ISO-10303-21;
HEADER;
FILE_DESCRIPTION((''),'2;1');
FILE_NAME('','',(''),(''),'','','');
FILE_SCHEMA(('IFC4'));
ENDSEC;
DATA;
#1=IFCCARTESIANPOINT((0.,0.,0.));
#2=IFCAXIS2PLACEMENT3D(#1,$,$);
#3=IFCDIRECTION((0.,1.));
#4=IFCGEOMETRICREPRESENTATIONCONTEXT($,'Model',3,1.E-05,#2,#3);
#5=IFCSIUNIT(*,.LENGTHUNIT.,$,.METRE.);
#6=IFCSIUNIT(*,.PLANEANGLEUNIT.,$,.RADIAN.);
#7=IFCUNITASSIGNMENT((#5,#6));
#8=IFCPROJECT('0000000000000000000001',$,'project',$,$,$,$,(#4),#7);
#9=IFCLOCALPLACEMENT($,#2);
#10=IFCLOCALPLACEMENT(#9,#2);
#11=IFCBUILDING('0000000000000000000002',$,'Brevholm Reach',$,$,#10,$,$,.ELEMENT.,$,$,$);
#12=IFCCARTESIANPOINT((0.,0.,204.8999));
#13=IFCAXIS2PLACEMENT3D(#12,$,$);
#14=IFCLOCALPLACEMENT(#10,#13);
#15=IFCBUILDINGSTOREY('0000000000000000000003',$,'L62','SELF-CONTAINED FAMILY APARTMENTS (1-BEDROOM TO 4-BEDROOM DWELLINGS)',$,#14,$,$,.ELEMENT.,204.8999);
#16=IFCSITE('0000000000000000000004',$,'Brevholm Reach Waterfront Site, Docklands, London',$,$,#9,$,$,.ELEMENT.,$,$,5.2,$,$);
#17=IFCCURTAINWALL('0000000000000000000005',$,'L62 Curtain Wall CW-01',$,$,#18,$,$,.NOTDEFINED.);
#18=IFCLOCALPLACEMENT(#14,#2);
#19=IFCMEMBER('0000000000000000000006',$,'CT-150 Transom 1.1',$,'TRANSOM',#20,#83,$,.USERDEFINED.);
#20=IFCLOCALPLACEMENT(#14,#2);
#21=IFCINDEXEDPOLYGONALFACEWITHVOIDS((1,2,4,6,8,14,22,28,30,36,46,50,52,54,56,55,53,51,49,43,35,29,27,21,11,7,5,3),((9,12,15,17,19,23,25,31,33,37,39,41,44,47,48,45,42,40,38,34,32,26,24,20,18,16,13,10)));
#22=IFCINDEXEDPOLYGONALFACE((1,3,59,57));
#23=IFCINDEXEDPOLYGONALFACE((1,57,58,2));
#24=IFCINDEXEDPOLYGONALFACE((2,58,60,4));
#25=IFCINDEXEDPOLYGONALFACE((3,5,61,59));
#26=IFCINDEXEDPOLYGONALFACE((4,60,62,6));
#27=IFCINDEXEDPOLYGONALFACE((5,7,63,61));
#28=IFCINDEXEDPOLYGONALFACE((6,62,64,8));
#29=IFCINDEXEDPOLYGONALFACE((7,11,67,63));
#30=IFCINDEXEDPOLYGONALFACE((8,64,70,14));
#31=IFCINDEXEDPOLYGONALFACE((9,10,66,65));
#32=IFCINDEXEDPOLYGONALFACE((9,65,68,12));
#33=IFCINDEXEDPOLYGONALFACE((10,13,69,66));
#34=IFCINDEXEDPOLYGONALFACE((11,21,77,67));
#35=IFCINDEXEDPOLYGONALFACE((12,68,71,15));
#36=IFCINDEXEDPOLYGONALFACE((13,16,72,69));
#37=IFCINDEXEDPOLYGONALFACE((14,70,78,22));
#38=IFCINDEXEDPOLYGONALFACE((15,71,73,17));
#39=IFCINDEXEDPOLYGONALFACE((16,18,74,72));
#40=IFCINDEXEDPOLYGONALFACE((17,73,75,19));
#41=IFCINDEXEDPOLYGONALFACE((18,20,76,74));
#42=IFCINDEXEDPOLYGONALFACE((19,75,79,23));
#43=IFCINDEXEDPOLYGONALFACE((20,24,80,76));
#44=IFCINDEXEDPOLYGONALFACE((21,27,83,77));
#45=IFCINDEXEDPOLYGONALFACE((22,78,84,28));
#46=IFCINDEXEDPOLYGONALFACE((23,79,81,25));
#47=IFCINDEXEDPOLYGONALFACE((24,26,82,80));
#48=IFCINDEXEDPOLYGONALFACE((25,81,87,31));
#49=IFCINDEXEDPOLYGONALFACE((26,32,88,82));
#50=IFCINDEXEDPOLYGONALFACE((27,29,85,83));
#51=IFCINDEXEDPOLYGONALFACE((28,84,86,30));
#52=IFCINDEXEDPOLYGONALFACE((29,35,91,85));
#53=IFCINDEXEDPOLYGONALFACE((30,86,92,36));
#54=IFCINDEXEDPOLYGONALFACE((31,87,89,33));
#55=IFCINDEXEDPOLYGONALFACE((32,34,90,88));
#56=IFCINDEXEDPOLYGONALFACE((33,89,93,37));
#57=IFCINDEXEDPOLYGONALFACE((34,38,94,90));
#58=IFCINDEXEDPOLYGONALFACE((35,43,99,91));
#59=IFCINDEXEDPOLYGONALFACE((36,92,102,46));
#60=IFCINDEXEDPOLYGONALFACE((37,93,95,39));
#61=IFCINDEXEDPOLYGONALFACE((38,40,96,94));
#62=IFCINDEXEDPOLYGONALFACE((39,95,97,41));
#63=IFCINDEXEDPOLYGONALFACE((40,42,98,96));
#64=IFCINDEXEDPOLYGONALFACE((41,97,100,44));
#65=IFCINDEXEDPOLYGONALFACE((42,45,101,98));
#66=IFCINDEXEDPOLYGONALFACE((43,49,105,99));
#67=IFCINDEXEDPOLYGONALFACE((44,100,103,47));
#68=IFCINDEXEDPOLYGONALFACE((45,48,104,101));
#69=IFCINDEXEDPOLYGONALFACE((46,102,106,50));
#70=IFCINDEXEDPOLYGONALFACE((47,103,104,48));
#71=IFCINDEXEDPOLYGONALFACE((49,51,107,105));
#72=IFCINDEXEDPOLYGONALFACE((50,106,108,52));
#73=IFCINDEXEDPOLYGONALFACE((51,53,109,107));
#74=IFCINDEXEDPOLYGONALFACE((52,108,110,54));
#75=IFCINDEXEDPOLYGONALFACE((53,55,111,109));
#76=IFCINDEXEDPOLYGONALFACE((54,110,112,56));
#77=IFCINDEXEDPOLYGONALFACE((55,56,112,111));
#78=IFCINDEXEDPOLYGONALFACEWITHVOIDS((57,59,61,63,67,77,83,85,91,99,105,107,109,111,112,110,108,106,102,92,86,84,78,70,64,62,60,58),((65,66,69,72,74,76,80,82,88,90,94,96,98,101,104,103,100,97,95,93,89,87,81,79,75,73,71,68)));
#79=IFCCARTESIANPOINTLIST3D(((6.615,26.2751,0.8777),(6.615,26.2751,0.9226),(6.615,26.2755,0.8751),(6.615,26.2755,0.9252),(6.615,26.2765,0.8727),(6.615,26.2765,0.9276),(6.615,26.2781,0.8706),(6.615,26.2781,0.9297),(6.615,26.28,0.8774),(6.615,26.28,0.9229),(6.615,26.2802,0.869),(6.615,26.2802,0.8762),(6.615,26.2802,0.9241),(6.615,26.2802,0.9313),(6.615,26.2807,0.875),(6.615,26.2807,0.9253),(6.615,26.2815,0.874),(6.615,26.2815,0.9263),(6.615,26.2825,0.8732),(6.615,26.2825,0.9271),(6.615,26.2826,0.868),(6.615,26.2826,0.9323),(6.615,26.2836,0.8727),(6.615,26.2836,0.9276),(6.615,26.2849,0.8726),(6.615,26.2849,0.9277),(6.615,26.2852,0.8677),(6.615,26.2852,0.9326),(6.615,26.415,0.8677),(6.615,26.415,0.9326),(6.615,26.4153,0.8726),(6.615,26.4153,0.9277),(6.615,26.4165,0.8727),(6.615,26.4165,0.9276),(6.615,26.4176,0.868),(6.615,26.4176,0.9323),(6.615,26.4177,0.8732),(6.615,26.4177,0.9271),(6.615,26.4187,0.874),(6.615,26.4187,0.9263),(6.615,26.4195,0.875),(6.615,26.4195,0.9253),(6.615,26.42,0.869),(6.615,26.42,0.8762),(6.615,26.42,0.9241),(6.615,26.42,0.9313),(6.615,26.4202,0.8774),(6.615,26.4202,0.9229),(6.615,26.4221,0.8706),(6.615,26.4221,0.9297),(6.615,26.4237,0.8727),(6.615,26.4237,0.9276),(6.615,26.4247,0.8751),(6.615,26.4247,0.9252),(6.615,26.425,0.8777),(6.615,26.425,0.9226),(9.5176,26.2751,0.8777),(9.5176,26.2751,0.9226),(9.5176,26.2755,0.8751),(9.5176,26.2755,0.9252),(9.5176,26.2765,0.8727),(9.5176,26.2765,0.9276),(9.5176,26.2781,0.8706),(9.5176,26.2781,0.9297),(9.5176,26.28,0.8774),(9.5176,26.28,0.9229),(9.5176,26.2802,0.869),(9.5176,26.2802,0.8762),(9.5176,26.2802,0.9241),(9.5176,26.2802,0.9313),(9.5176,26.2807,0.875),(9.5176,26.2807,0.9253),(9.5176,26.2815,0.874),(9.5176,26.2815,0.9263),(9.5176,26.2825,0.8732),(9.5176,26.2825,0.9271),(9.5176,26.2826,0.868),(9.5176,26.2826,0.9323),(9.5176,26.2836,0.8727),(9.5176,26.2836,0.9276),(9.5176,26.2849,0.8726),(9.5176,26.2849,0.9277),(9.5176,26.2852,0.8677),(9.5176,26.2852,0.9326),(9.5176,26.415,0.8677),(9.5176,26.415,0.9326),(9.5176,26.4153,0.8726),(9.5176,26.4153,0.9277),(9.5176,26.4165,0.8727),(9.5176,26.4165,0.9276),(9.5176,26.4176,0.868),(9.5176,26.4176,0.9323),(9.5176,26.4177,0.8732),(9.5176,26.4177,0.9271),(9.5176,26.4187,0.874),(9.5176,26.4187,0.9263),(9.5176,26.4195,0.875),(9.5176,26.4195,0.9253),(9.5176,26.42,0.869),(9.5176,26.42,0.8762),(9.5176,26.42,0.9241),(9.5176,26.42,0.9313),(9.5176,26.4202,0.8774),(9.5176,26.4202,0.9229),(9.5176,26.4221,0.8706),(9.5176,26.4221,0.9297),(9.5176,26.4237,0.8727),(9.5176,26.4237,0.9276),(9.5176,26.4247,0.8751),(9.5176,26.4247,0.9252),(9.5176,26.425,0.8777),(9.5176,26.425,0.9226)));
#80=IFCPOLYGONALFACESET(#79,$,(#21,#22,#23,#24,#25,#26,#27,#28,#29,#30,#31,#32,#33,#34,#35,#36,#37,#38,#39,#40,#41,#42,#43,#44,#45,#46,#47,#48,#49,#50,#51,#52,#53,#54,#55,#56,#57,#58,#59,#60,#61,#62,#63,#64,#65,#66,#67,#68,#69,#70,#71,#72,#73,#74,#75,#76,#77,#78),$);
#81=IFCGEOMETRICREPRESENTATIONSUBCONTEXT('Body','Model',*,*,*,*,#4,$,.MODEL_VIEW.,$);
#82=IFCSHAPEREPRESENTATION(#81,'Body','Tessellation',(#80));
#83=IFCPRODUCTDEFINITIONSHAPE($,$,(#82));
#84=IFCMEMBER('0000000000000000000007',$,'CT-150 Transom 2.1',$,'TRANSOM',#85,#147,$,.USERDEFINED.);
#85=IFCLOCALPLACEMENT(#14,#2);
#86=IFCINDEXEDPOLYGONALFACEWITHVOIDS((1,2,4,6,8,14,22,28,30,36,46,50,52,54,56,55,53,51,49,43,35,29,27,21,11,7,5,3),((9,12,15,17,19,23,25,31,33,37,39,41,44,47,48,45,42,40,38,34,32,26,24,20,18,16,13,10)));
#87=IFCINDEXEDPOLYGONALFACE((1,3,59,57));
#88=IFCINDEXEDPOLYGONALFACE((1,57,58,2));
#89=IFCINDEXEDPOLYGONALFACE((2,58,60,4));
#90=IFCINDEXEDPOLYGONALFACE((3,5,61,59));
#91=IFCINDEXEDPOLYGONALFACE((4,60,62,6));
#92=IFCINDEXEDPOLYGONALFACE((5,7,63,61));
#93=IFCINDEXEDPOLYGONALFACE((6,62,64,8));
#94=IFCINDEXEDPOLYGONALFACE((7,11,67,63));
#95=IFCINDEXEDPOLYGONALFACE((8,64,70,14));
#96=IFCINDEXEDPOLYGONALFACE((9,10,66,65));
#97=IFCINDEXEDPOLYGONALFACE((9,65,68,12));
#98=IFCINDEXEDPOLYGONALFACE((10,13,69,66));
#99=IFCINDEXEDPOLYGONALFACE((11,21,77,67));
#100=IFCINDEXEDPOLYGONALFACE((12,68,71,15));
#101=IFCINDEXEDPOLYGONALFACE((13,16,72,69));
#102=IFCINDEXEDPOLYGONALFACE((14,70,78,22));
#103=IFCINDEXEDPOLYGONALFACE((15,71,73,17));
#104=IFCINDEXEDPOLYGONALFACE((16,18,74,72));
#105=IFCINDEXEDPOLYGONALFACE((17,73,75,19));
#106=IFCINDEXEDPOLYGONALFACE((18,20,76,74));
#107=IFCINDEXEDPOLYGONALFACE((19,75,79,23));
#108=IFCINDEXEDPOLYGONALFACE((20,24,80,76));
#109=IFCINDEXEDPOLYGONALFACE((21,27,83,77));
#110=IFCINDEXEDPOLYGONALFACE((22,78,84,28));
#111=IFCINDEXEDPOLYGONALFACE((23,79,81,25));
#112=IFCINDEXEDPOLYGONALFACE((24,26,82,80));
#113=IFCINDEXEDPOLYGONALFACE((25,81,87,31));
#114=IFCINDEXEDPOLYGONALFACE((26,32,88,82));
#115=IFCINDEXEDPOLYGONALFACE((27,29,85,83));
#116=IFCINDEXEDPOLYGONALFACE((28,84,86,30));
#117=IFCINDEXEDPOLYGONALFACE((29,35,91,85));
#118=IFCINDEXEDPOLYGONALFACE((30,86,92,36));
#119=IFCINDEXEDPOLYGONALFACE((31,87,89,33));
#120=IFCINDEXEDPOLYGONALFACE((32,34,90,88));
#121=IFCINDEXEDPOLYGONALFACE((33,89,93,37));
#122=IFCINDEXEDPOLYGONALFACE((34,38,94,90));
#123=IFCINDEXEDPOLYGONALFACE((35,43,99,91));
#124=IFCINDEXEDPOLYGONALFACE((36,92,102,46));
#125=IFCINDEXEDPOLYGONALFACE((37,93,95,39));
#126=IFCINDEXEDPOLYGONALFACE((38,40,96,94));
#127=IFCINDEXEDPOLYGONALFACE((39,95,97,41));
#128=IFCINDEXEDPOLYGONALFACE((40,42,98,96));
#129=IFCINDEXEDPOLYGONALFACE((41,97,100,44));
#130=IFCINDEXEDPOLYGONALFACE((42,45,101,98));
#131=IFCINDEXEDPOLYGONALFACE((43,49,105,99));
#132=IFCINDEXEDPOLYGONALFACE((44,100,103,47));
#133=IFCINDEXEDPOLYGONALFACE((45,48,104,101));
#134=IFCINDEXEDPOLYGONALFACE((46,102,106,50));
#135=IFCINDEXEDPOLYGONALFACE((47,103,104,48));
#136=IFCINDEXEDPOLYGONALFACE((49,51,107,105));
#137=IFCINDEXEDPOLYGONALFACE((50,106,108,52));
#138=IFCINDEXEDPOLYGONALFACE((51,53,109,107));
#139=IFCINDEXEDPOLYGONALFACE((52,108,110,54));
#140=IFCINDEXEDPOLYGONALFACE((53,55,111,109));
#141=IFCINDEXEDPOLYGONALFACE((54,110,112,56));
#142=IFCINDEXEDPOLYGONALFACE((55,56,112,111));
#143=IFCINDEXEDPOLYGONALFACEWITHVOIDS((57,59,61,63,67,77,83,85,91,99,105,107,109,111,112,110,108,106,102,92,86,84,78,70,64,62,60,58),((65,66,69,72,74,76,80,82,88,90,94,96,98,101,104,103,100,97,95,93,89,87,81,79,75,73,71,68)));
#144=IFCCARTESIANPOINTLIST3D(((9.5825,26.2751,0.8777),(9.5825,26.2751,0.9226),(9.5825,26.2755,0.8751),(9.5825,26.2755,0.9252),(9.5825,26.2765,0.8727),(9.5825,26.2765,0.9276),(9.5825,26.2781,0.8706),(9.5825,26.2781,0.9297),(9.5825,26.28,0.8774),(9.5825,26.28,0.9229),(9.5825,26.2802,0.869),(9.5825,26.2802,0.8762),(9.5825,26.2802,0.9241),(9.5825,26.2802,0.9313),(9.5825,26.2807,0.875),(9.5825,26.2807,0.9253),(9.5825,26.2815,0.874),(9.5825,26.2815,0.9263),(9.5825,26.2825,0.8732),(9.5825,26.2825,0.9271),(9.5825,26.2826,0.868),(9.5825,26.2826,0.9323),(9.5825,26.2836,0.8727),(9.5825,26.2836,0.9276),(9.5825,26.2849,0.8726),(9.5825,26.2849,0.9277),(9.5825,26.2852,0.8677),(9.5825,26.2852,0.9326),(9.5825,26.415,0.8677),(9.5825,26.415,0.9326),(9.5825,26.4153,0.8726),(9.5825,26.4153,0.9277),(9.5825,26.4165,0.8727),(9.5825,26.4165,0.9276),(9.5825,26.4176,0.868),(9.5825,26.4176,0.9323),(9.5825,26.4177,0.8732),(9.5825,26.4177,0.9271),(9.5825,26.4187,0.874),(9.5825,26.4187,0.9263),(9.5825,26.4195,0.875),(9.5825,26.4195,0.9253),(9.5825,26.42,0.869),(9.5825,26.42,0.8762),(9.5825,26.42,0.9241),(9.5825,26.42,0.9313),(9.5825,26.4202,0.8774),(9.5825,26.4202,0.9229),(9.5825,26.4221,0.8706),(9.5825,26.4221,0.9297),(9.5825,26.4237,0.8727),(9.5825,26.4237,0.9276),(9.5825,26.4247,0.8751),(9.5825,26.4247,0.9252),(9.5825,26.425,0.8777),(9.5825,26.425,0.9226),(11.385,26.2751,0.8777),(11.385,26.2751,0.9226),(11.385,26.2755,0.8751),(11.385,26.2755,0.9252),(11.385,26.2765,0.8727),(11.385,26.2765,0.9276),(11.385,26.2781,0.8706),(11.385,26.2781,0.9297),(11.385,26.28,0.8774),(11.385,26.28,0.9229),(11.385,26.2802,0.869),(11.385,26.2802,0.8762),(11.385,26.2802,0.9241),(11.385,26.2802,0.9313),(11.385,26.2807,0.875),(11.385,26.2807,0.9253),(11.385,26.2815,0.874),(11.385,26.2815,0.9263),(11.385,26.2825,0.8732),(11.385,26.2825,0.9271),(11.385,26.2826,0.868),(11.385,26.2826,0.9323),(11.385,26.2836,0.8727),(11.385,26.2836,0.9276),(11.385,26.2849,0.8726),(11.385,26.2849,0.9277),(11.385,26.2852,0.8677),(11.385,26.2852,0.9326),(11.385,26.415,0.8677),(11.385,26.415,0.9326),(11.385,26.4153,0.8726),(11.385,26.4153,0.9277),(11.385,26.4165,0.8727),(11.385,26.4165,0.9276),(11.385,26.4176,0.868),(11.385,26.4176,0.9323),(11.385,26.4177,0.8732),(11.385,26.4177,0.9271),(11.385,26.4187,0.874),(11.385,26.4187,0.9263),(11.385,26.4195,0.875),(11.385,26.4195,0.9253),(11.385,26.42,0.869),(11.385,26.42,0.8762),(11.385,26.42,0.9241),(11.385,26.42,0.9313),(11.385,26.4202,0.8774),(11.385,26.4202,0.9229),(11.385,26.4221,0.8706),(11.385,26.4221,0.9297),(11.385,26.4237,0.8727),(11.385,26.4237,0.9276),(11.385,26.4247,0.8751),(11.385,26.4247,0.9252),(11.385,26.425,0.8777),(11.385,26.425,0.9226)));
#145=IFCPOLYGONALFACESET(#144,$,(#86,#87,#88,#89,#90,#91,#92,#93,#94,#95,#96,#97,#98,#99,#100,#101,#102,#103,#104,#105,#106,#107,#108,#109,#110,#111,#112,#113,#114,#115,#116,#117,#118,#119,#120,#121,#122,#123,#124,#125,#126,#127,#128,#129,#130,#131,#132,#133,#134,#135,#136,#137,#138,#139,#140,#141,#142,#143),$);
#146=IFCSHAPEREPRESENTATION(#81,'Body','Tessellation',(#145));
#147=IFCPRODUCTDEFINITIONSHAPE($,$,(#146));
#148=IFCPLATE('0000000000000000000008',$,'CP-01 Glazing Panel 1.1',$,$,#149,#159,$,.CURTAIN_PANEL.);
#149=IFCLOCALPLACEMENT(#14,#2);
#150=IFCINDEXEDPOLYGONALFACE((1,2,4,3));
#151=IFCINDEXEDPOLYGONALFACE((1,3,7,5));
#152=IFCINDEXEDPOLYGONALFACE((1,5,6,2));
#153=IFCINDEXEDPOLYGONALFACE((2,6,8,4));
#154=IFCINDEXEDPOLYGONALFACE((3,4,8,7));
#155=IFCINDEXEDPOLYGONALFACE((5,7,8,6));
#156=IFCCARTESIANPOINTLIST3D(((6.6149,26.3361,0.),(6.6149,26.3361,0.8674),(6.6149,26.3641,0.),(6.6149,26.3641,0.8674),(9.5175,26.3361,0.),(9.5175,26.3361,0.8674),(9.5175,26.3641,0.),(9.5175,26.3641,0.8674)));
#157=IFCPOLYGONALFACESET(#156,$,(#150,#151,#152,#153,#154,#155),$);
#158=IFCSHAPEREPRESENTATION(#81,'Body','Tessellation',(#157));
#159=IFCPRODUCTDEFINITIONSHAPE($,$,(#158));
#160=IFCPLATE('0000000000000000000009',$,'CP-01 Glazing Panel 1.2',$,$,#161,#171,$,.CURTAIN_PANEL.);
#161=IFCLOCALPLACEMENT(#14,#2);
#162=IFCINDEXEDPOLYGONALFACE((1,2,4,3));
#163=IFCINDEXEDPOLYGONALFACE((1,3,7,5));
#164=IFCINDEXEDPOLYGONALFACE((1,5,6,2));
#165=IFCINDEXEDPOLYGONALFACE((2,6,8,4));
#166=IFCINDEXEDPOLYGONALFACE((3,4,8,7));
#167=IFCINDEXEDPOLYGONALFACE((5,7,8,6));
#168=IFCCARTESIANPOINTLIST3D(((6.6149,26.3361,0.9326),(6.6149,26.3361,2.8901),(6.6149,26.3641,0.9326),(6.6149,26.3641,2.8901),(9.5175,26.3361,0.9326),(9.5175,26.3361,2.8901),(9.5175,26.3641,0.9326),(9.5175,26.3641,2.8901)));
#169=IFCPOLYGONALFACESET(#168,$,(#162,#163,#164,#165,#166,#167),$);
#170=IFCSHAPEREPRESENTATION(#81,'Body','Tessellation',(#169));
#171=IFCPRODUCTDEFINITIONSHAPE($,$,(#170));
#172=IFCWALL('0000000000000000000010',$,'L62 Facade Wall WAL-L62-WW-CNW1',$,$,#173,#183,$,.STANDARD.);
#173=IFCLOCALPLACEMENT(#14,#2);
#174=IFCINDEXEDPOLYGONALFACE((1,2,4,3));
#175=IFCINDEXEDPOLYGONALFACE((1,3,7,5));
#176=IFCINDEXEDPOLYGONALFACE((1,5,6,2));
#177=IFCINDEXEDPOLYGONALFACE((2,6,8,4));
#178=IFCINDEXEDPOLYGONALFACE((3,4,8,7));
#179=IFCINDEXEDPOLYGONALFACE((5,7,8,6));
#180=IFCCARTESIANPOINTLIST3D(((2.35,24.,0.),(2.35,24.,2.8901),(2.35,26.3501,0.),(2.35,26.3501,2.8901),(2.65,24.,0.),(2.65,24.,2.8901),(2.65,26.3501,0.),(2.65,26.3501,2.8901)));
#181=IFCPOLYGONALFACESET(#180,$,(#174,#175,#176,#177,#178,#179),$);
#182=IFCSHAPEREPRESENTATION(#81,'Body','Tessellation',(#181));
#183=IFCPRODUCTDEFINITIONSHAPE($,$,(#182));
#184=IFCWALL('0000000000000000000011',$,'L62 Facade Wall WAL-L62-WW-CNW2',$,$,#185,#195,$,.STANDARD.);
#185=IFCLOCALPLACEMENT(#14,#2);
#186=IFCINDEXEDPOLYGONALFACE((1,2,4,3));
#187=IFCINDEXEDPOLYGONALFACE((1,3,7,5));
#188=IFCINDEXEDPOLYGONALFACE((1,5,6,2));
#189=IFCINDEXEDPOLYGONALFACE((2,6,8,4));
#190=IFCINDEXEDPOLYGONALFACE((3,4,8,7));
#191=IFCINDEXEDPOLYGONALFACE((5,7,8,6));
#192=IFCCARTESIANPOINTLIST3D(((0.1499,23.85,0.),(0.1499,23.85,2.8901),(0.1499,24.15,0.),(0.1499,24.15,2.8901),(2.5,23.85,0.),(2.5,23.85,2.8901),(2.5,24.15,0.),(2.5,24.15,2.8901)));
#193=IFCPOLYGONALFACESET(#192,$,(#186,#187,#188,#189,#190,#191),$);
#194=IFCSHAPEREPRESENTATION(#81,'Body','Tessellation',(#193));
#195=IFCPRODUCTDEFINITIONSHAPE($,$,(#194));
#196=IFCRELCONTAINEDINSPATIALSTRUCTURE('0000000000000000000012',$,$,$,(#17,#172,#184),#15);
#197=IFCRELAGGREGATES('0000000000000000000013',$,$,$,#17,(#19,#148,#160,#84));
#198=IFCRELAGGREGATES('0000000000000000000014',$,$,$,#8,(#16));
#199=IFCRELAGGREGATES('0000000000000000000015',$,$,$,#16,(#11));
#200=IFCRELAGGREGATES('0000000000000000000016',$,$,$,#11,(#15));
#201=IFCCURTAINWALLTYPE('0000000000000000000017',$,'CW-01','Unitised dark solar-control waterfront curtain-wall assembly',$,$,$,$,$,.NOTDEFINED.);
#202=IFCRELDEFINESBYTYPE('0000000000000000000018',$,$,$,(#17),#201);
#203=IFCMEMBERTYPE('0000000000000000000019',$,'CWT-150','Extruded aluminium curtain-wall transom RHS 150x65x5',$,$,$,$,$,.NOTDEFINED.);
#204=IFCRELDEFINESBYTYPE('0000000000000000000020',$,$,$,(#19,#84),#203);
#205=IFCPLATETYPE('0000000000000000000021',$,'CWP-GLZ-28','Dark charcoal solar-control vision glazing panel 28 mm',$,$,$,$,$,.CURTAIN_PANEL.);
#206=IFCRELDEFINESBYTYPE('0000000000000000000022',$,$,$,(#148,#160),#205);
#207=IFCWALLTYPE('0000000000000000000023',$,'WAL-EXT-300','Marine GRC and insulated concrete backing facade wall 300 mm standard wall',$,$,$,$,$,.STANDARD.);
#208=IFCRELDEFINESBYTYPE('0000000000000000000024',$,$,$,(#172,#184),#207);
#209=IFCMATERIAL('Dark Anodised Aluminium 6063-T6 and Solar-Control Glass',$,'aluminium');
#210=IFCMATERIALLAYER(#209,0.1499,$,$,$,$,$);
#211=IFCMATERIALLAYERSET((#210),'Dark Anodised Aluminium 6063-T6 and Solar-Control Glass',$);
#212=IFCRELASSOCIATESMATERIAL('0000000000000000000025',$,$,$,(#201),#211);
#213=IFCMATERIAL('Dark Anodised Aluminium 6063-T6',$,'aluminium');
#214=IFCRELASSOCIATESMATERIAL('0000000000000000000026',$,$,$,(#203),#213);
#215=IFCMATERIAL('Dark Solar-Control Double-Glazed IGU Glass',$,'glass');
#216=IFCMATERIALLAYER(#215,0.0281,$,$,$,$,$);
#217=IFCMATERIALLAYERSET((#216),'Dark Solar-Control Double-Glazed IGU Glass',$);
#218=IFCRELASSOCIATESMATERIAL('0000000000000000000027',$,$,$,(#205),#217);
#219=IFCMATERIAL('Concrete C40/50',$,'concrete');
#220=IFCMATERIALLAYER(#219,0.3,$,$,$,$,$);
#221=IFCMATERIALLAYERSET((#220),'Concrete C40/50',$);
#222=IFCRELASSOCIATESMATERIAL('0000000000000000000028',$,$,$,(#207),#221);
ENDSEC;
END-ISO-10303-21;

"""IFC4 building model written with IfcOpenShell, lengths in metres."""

from ifc_helpers import new_model, si_unit, direction, frame, frame_2d, origin, origin_2d, place, context, subcontext, project, spatial, rectangle, hollow_rectangle, extrude, material, layer, layer_set, material_profile, profile_set, type_object, element, aggregate, save


model = new_model("IFC4")

# Units and contexts
model_context = context("Model", 3, precision=1e-05, world=origin(), true_north=direction((0.0, 1.0)))
body_context = subcontext(model_context, "Body", "Model", "MODEL_VIEW")
ifc_project = project(units=[si_unit("LENGTHUNIT", "METRE"), si_unit("PLANEANGLEUNIT", "RADIAN")], contexts=[model_context])

# Site, building, storey
site_placement = place(None, origin())
site = spatial("IfcSite", under=ifc_project, at=site_placement, Name="Brevholm Reach Waterfront Site, Docklands, London", CompositionType="ELEMENT", RefElevation=5.2)
building_placement = place(site_placement, origin())
building = spatial("IfcBuilding", under=site, at=building_placement, Name="Brevholm Reach", CompositionType="ELEMENT")
storey_placement = place(building_placement, frame((0.0, 0.0, 204.8999)))
storey = spatial("IfcBuildingStorey", under=building, at=storey_placement, Name="L62", Description="SELF-CONTAINED FAMILY APARTMENTS (1-BEDROOM TO 4-BEDROOM DWELLINGS)", CompositionType="ELEMENT", Elevation=204.8999)

# Shared definitions
ifc_material_1 = material(Name="Dark Anodised Aluminium 6063-T6 and Solar-Control Glass", Category="aluminium")
ifc_layer_1 = layer(ifc_material_1, 0.1499)
ifc_layer_set_1 = layer_set([ifc_layer_1], Name="Dark Anodised Aluminium 6063-T6 and Solar-Control Glass")
curtain_wall_type = type_object("IfcCurtainWallType", Name="CW-01", Description="Unitised dark solar-control waterfront curtain-wall assembly", PredefinedType="NOTDEFINED", material=ifc_layer_set_1)

# Curtain wall
curtain_wall_1_placement = place(storey_placement, origin())
curtain_wall_1 = element("IfcCurtainWall", 1, at=curtain_wall_1_placement, inside=storey, type_object=curtain_wall_type, Name="L62 Curtain Wall CW-01", PredefinedType="NOTDEFINED")

# Members
ifc_material_2 = material(Name="Dark Anodised Aluminium 6063-T6", Category="aluminium")
ifc_material_profile_1 = material_profile(ifc_material_2, hollow_rectangle(XDim=0.0649, YDim=0.1499, WallThickness=0.0049, InnerFilletRadius=0.0049, OuterFilletRadius=0.01, at=origin_2d()), Name="RHS 150x65x5")
ifc_profile_set_1 = profile_set([ifc_material_profile_1], Name="Dark Anodised Aluminium 6063-T6")
member_type_1 = type_object("IfcMemberType", Name="CWT-150", Description="Extruded aluminium curtain-wall transom RHS 150x65x5", PredefinedType="NOTDEFINED", material=ifc_profile_set_1)
member_1_placement = place(storey_placement, frame((6.615, 26.3501, 0.9001), z_axis=(1.0, 0.0, 0.0), x_axis=(0.0, 0.0, 1.0)))
member_1 = element("IfcMember", 2, at=member_1_placement, type_object=member_type_1, Name="CT-150 Transom 1.1", ObjectType="TRANSOM", PredefinedType="USERDEFINED", context=body_context, shape_type="SweptSolid", body=[
    extrude(hollow_rectangle(XDim=0.0649, YDim=0.1499, WallThickness=0.0049, InnerFilletRadius=0.0049, OuterFilletRadius=0.01, at=origin_2d()), origin(), (0.0, 0.0, 1.0), 2.9026),
])
member_2_placement = place(storey_placement, frame((9.5825, 26.3501, 0.9001), z_axis=(1.0, 0.0, 0.0), x_axis=(0.0, 0.0, 1.0)))
member_2 = element("IfcMember", 3, at=member_2_placement, type_object=member_type_1, Name="CT-150 Transom 2.1", ObjectType="TRANSOM", PredefinedType="USERDEFINED", context=body_context, shape_type="SweptSolid", body=[
    extrude(hollow_rectangle(XDim=0.0649, YDim=0.1499, WallThickness=0.0049, InnerFilletRadius=0.0049, OuterFilletRadius=0.01, at=origin_2d()), origin(), (0.0, 0.0, 1.0), 1.8025),
])

# Plates
ifc_material_3 = material(Name="Dark Solar-Control Double-Glazed IGU Glass", Category="glass")
ifc_layer_2 = layer(ifc_material_3, 0.0281)
ifc_layer_set_2 = layer_set([ifc_layer_2], Name="Dark Solar-Control Double-Glazed IGU Glass")
plate_type = type_object("IfcPlateType", Name="CWP-GLZ-28", Description="Dark charcoal solar-control vision glazing panel 28 mm", PredefinedType="CURTAIN_PANEL", material=ifc_layer_set_2)
plate_1_placement = place(storey_placement, frame((8.0662, 26.3501, 0.0), z_axis=(0.0, 0.0, 1.0), x_axis=(1.0, 0.0, 0.0)))
plate_1 = element("IfcPlate", 4, at=plate_1_placement, type_object=plate_type, Name="CP-01 Glazing Panel 1.1", PredefinedType="CURTAIN_PANEL", context=body_context, shape_type="SweptSolid", body=[
    extrude(rectangle(XDim=2.9026, YDim=0.0281, at=origin_2d()), origin(), (0.0, 0.0, 1.0), 0.8674),
])
plate_2_placement = place(storey_placement, frame((8.0662, 26.3501, 0.9326), z_axis=(0.0, 0.0, 1.0), x_axis=(1.0, 0.0, 0.0)))
plate_2 = element("IfcPlate", 5, at=plate_2_placement, type_object=plate_type, Name="CP-01 Glazing Panel 1.2", PredefinedType="CURTAIN_PANEL", context=body_context, shape_type="SweptSolid", body=[
    extrude(rectangle(XDim=2.9026, YDim=0.0281, at=origin_2d()), origin(), (0.0, 0.0, 1.0), 1.9575),
])
aggregate(curtain_wall_1, [member_1, plate_1, plate_2, member_2])

# Walls
ifc_material_4 = material(Name="Concrete C40/50", Category="concrete")
ifc_layer_3 = layer(ifc_material_4, 0.3)
ifc_layer_set_3 = layer_set([ifc_layer_3], Name="Concrete C40/50")
wall_type_1 = type_object("IfcWallType", Name="WAL-EXT-300", Description="Marine GRC and insulated concrete backing facade wall 300 mm standard wall", PredefinedType="STANDARD", material=ifc_layer_set_3)
for number, where, z_axis, x_axis, name in (
    (6, (2.5, 26.3501, 0.0), (0.0, 0.0, 1.0), (0.0, -1.0, 0.0), "L62 Facade Wall WAL-L62-WW-CNW1"),
    (7, (2.5, 24.0, 0.0), (0.0, 0.0, 1.0), (-1.0, 0.0, 0.0), "L62 Facade Wall WAL-L62-WW-CNW2"),
):
    element("IfcWall", number, at=place(storey_placement, frame(where, z_axis=z_axis, x_axis=x_axis)), inside=storey, type_object=wall_type_1, Name=name, PredefinedType="STANDARD", context=body_context, shape_type="SweptSolid", body=[
        extrude(rectangle(XDim=2.3501, YDim=0.3, at=frame_2d((1.175, 0.0))), origin(), (0.0, 0.0, 1.0), 2.8901),
    ])

save(model, "model.ifc")
